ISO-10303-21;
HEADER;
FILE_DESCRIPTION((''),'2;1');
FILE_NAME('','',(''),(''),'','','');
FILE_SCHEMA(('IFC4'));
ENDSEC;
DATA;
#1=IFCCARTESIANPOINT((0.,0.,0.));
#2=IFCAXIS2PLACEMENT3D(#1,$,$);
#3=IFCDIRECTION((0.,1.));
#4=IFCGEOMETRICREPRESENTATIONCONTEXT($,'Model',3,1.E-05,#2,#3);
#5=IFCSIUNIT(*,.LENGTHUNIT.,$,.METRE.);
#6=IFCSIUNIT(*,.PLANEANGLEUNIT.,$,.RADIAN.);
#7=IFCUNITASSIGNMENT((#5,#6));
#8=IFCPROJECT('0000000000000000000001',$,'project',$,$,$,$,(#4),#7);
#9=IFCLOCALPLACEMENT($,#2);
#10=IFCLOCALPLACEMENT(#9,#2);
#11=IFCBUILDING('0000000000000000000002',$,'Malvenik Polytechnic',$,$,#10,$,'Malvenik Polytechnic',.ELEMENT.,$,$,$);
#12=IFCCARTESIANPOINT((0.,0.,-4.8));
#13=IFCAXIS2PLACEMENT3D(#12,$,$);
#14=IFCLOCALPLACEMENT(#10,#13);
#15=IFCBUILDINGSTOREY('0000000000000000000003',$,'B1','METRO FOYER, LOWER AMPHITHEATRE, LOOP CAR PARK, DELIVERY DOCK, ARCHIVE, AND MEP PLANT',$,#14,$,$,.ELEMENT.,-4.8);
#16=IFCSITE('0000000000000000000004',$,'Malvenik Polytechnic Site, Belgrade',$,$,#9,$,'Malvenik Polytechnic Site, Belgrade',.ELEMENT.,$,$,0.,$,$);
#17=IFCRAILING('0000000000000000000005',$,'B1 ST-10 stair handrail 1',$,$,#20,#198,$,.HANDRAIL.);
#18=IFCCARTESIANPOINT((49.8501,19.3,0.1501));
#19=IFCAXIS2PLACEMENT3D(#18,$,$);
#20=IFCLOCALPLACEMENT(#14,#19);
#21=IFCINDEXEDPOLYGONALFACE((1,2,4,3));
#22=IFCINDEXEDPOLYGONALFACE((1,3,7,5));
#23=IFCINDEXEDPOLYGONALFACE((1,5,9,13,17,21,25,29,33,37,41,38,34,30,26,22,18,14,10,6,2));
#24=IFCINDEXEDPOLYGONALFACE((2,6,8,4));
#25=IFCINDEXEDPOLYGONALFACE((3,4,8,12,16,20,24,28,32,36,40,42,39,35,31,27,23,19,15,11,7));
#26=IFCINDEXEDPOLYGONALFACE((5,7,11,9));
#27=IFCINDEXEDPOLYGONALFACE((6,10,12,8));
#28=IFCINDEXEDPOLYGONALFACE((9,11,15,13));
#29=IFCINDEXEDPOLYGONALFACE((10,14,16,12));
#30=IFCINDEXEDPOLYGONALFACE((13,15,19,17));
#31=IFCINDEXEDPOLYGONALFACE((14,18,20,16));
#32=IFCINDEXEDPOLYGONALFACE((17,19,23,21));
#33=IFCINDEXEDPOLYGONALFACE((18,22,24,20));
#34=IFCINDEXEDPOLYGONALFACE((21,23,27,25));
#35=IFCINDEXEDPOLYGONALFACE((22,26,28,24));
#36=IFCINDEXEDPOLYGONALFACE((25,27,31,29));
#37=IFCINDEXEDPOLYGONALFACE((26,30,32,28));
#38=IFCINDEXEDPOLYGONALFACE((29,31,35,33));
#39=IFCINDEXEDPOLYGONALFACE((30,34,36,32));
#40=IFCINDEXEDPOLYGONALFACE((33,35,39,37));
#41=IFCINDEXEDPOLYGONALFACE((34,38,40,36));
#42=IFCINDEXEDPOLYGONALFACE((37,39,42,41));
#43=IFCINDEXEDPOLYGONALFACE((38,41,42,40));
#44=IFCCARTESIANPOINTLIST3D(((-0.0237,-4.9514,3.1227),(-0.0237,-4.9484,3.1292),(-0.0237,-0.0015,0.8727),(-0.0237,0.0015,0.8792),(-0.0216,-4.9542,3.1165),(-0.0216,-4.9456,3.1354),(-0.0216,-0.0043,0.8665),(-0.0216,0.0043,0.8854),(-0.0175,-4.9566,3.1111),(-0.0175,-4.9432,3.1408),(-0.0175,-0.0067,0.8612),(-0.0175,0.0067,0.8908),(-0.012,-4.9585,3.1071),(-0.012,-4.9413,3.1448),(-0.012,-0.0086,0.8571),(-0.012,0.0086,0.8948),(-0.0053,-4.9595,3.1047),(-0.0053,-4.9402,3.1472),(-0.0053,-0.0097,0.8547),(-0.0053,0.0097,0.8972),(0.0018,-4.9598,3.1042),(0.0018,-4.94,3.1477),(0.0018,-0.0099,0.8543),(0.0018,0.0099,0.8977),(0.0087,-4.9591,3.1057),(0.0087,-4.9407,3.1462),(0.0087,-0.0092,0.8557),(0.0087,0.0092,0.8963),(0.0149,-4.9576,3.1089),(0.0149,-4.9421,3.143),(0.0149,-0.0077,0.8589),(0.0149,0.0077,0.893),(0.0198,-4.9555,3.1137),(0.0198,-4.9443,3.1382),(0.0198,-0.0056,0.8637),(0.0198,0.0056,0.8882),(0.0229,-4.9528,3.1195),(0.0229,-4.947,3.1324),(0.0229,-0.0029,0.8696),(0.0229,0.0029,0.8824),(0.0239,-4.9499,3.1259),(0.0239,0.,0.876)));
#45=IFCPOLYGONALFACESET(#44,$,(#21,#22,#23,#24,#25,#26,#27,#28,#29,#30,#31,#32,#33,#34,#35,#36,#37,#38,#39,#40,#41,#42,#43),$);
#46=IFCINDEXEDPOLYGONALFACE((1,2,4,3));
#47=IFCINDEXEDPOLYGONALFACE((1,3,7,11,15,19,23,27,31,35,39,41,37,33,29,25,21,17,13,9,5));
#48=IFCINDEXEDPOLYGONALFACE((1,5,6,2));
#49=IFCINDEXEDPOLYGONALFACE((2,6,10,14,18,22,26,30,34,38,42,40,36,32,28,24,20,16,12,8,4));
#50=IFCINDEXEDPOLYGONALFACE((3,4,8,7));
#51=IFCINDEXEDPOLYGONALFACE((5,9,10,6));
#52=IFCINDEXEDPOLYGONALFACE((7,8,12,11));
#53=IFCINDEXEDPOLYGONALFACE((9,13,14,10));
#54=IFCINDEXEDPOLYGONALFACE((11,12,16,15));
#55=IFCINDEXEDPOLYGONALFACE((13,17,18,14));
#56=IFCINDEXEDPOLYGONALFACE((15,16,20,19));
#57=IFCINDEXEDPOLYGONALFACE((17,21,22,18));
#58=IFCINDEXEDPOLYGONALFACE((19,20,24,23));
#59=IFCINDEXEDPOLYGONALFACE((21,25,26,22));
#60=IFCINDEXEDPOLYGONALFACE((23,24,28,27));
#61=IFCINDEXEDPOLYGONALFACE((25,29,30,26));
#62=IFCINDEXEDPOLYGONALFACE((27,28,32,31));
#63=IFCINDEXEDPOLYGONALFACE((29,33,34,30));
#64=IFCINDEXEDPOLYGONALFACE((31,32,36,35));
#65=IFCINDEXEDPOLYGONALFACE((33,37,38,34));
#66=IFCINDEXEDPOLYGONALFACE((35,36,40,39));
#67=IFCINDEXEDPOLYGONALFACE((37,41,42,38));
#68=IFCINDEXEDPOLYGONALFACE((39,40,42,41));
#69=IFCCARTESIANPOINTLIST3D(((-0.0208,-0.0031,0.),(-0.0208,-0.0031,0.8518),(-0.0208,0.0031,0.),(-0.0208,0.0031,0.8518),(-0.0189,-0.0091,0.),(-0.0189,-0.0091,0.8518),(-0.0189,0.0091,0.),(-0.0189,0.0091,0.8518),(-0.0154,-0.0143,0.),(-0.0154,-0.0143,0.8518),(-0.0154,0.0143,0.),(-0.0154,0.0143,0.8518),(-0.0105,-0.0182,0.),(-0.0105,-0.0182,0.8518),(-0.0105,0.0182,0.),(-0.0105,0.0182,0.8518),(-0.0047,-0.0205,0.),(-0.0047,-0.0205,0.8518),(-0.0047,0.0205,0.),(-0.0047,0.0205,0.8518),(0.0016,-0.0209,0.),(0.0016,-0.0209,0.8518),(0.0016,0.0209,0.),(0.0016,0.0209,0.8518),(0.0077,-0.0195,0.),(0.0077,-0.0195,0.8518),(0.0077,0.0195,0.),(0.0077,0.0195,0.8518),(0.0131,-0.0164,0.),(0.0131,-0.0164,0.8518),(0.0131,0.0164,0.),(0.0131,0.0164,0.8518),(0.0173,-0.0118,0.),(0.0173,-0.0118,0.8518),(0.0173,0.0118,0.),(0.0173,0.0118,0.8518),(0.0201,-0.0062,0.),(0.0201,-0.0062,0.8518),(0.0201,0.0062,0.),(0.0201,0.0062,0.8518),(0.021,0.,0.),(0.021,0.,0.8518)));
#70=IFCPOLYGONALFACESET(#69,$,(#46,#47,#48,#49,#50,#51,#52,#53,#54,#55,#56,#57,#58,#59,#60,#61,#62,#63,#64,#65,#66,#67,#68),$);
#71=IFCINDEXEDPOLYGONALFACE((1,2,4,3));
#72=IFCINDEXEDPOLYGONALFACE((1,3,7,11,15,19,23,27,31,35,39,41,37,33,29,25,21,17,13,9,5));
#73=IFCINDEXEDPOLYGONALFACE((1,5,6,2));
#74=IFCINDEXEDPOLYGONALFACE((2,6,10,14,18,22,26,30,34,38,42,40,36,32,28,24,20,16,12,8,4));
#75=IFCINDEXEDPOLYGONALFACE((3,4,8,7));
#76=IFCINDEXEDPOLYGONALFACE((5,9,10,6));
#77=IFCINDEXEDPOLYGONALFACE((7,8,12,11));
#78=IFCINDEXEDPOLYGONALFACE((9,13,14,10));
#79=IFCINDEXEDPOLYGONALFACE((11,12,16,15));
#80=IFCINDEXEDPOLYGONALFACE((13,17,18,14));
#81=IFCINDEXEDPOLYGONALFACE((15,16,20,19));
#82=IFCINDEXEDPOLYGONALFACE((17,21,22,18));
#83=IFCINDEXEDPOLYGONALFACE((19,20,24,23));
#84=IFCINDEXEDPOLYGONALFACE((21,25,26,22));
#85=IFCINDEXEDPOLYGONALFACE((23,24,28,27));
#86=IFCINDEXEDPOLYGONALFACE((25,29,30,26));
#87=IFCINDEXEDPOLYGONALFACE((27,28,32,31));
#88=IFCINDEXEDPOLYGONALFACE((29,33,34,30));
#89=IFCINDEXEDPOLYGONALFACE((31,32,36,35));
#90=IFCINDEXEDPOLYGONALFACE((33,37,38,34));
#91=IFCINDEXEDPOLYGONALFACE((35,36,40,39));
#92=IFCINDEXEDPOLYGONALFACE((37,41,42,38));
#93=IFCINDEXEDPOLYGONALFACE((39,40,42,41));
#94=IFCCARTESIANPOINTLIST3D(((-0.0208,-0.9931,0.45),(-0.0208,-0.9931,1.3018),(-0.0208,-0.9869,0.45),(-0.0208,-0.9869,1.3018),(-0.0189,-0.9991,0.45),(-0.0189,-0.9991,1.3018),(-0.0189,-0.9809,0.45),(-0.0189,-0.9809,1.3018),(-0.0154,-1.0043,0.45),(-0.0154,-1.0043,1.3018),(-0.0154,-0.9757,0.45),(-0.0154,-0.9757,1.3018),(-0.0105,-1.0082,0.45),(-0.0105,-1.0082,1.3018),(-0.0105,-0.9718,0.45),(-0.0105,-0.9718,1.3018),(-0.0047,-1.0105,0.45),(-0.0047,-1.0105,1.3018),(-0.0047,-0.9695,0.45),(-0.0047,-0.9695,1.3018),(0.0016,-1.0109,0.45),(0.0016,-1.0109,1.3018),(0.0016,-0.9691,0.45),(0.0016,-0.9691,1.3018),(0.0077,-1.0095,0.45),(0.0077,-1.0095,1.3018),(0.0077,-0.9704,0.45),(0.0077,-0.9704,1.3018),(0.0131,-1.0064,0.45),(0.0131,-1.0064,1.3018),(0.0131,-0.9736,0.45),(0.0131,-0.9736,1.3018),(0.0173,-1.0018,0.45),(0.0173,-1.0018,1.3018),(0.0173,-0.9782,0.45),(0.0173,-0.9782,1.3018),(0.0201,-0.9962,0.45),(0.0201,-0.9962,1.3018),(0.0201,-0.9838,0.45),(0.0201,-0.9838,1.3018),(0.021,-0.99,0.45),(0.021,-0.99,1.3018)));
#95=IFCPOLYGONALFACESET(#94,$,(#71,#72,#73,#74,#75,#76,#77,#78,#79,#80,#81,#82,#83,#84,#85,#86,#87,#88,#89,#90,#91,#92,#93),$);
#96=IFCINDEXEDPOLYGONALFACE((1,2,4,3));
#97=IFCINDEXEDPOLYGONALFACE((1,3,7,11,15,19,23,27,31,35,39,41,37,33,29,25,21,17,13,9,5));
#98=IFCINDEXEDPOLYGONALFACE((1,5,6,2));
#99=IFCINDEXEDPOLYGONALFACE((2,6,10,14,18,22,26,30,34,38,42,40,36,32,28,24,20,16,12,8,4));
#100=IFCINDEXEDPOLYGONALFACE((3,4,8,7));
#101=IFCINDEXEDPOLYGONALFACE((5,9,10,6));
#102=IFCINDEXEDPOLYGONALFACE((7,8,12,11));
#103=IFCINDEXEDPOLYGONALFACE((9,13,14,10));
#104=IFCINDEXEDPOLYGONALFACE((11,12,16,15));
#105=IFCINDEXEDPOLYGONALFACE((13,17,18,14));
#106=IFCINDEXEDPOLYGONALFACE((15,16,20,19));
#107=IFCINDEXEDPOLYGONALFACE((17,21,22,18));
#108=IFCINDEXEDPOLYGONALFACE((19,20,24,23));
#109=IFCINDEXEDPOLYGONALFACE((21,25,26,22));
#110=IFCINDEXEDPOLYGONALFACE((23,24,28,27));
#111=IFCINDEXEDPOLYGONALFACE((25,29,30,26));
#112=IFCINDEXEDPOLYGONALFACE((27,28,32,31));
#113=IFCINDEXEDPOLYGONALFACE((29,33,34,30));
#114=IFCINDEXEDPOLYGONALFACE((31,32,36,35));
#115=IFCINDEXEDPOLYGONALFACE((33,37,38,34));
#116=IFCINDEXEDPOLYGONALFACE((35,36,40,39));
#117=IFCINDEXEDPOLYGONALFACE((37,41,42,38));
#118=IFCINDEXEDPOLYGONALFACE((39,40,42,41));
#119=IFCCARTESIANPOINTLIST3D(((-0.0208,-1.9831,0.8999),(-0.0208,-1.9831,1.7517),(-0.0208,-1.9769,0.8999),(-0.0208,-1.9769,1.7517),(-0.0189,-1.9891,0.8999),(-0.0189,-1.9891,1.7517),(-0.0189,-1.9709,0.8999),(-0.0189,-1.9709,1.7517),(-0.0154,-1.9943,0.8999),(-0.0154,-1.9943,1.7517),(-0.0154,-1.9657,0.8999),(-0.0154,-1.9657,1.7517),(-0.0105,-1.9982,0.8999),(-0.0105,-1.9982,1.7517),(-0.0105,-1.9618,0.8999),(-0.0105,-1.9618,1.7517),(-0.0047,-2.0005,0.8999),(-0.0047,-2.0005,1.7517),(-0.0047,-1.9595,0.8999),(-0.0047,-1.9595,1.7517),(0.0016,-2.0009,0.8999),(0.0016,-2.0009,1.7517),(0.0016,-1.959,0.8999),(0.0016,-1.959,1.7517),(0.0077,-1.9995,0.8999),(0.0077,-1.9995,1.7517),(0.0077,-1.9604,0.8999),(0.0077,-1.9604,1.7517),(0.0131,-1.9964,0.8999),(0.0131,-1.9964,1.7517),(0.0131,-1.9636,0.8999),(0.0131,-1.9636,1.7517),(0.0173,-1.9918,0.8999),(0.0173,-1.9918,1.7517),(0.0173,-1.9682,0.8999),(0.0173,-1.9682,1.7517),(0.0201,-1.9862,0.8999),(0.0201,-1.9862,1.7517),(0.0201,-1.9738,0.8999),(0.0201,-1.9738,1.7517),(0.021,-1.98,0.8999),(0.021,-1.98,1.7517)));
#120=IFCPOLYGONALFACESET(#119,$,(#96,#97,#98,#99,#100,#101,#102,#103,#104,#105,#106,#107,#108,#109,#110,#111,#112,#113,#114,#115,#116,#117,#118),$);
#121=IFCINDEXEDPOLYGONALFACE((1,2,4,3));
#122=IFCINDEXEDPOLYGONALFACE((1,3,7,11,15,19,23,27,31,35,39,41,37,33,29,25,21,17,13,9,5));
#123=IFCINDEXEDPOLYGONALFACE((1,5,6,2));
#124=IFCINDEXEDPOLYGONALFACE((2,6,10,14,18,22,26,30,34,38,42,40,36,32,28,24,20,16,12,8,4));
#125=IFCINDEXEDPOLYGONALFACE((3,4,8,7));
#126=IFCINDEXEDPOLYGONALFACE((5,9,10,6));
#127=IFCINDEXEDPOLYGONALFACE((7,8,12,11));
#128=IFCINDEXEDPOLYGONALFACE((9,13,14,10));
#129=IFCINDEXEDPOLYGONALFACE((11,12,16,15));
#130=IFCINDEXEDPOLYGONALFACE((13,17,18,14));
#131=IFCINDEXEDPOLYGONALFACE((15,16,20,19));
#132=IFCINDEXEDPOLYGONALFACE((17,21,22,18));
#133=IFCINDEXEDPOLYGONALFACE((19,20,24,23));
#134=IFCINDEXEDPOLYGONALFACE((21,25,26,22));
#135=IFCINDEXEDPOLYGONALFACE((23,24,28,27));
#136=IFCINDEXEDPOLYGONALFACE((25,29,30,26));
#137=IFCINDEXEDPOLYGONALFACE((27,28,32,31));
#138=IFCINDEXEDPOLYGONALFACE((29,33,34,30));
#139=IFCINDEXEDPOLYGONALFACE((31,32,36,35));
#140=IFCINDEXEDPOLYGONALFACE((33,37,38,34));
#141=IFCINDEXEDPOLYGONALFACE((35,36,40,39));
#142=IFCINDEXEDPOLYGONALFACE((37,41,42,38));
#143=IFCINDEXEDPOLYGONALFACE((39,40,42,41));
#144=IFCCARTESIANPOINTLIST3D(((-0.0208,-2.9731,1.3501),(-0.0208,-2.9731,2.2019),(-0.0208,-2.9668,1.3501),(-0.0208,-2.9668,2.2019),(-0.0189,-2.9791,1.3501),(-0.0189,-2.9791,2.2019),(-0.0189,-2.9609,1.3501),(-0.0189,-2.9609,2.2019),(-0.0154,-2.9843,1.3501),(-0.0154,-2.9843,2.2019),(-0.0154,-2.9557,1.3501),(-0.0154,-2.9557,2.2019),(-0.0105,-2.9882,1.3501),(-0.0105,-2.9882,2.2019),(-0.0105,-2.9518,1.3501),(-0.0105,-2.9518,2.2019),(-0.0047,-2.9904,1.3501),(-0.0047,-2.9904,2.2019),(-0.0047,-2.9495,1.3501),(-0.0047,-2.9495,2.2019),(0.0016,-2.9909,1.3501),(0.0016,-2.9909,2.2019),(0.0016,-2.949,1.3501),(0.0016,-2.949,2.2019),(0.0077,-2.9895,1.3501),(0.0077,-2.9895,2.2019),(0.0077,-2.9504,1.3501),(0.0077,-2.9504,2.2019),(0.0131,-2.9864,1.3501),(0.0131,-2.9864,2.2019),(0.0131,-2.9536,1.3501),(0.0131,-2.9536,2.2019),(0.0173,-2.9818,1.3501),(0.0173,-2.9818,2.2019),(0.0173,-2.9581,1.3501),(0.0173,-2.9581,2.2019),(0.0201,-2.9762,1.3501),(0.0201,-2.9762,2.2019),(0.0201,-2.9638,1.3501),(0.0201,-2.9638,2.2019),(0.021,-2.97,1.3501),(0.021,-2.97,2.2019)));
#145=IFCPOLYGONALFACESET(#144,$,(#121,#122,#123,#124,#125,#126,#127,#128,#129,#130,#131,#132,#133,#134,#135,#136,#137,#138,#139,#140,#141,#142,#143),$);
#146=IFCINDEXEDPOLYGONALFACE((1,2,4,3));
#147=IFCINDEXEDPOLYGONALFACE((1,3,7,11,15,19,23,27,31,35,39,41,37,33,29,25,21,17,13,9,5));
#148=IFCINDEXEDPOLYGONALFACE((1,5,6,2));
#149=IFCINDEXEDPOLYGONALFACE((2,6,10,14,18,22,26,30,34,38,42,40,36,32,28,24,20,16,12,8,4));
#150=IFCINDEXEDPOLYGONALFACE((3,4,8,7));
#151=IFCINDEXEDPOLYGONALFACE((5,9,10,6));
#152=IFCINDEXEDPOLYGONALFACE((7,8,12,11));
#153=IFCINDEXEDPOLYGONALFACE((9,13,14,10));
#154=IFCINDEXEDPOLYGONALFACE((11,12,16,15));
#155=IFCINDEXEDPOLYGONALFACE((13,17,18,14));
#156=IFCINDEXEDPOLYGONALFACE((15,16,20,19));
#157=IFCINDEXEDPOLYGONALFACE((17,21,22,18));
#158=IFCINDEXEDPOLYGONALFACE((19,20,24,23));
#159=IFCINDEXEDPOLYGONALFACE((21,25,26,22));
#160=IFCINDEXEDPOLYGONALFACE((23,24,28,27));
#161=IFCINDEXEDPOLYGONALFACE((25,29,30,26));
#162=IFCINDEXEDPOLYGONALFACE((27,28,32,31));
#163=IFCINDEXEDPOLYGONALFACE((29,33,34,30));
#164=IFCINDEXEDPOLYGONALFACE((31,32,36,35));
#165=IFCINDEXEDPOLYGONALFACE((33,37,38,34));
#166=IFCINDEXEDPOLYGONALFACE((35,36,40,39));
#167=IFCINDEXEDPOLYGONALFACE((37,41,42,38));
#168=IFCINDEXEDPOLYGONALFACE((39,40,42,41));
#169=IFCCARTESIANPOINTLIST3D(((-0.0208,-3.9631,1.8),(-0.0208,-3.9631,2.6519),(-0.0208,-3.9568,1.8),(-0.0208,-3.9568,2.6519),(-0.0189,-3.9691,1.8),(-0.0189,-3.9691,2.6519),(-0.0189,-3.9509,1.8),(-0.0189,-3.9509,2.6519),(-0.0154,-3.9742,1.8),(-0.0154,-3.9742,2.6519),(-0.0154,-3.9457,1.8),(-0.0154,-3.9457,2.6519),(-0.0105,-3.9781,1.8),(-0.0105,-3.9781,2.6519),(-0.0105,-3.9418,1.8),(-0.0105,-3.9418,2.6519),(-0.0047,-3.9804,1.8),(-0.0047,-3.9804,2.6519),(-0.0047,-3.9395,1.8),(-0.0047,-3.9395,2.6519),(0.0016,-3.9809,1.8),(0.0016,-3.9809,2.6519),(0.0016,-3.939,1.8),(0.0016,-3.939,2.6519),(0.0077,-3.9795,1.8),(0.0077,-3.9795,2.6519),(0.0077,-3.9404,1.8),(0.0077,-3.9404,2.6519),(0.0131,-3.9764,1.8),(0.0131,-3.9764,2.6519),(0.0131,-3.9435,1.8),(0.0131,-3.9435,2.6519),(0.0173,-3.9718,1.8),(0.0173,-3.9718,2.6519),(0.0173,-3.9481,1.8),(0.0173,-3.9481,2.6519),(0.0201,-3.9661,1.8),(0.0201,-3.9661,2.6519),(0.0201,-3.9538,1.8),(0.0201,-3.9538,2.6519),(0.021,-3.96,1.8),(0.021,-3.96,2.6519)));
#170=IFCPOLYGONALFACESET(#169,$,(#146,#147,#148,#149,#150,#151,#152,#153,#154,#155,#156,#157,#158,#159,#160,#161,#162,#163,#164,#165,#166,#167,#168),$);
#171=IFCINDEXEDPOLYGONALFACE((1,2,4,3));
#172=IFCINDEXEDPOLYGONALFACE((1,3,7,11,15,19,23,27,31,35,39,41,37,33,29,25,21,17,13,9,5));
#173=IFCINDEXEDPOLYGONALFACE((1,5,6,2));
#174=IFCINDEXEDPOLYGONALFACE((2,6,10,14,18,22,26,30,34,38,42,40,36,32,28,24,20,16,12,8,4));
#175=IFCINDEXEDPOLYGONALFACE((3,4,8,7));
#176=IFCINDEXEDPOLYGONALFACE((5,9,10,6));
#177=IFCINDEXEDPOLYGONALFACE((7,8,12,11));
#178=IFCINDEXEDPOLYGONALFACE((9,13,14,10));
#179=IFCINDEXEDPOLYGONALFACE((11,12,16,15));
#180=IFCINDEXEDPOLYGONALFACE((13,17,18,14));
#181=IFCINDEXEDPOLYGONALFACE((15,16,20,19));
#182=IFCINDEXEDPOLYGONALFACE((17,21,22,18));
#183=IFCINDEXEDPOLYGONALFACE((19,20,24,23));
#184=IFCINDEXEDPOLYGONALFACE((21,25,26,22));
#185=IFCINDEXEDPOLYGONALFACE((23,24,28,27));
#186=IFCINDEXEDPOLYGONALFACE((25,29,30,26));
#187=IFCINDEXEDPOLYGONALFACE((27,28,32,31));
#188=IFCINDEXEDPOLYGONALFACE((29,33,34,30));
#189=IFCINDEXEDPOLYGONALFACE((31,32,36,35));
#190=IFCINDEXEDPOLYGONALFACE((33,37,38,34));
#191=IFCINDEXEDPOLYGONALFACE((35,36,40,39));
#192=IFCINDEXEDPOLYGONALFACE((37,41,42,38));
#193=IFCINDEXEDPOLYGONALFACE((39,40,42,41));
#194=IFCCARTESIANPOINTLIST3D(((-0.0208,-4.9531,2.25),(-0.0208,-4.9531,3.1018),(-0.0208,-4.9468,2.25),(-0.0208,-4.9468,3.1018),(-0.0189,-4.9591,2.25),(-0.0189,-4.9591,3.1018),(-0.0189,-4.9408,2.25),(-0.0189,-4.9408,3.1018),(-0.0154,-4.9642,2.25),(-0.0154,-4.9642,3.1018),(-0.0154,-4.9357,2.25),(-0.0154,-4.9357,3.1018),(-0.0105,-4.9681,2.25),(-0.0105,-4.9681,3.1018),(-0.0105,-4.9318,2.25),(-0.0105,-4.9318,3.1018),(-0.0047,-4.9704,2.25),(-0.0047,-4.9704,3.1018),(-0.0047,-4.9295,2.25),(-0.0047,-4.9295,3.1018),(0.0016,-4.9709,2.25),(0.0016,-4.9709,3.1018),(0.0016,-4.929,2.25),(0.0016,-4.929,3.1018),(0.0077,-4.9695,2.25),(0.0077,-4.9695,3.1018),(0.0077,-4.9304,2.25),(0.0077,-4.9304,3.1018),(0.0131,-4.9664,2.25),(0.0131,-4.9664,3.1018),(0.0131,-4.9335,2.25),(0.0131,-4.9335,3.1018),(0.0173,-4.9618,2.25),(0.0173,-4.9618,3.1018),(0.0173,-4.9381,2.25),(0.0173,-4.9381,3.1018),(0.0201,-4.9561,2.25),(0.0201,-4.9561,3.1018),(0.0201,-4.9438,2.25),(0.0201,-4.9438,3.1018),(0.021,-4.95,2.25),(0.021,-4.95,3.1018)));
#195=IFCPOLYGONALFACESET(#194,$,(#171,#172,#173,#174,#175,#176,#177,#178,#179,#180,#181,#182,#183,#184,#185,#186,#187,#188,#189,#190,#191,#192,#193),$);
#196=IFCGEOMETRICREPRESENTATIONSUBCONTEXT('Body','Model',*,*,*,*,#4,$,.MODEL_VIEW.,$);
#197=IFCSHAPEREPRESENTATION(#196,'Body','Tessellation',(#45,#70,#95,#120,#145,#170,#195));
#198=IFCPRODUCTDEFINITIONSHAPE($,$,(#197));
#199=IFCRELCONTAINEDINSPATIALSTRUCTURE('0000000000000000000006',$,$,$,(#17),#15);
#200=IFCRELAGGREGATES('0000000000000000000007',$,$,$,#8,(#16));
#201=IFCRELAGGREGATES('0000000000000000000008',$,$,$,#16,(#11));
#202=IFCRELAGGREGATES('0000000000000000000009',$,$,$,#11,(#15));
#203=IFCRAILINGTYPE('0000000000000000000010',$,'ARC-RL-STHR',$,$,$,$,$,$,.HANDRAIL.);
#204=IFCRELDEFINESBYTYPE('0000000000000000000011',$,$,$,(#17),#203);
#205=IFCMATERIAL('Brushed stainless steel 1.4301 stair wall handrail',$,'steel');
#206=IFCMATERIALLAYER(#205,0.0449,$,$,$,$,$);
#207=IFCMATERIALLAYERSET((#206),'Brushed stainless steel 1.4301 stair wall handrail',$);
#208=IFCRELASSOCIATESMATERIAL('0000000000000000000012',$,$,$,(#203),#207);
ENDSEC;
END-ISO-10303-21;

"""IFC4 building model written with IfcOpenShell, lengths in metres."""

from ifc_helpers import new_model, si_unit, direction, frame, origin, origin_2d, place, context, subcontext, project, spatial, circle, extrude, material, layer, layer_set, type_object, element, save


model = new_model("IFC4")

# Units and contexts
model_context = context("Model", 3, precision=1e-05, world=origin(), true_north=direction((0.0, 1.0)))
body_context = subcontext(model_context, "Body", "Model", "MODEL_VIEW")
ifc_project = project(units=[si_unit("LENGTHUNIT", "METRE"), si_unit("PLANEANGLEUNIT", "RADIAN")], contexts=[model_context])

# Site, building, storey
site_placement = place(None, origin())
site = spatial("IfcSite", under=ifc_project, at=site_placement, Name="Malvenik Polytechnic Site, Belgrade", LongName="Malvenik Polytechnic Site, Belgrade", CompositionType="ELEMENT", RefElevation=0.0)
building_placement = place(site_placement, origin())
building = spatial("IfcBuilding", under=site, at=building_placement, Name="Malvenik Polytechnic", LongName="Malvenik Polytechnic", CompositionType="ELEMENT")
storey_placement = place(building_placement, frame((0.0, 0.0, -4.8)))
storey = spatial("IfcBuildingStorey", under=building, at=storey_placement, Name="B1", Description="METRO FOYER, LOWER AMPHITHEATRE, LOOP CAR PARK, DELIVERY DOCK, ARCHIVE, AND MEP PLANT", CompositionType="ELEMENT", Elevation=-4.8)

# Railing
ifc_material_1 = material(Name="Brushed stainless steel 1.4301 stair wall handrail", Category="steel")
ifc_layer_1 = layer(ifc_material_1, 0.0449)
ifc_layer_set_1 = layer_set([ifc_layer_1], Name="Brushed stainless steel 1.4301 stair wall handrail")
railing_type_1 = type_object("IfcRailingType", Name="ARC-RL-STHR", PredefinedType="HANDRAIL", material=ifc_layer_set_1)
railing_1_placement = place(storey_placement, frame((49.8501, 19.3, 0.1501)))
element("IfcRailing", 1, at=railing_1_placement, inside=storey, type_object=railing_type_1, Name="B1 ST-10 stair handrail 1", PredefinedType="HANDRAIL", context=body_context, shape_type="SweptSolid", body=[
    extrude(circle(Radius=0.0239, at=origin_2d()), frame((0.0, 0.0, 0.876), z_axis=(0.0, -0.910365, 0.413806), x_axis=(1.0, 0.0, 0.0)), (0.0, 0.0, 1.0), 5.4373),
    extrude(circle(Radius=0.021, at=origin_2d()), origin(), (0.0, 0.0, 1.0), 0.8518),
    extrude(circle(Radius=0.021, at=origin_2d()), frame((0.0, -0.99, 0.45)), (0.0, 0.0, 1.0), 0.8518),
    extrude(circle(Radius=0.021, at=origin_2d()), frame((0.0, -1.98, 0.8999)), (0.0, 0.0, 1.0), 0.8518),
    extrude(circle(Radius=0.021, at=origin_2d()), frame((0.0, -2.97, 1.3501)), (0.0, 0.0, 1.0), 0.8518),
    extrude(circle(Radius=0.021, at=origin_2d()), frame((0.0, -3.96, 1.8)), (0.0, 0.0, 1.0), 0.8518),
    extrude(circle(Radius=0.021, at=origin_2d()), frame((0.0, -4.95, 2.25)), (0.0, 0.0, 1.0), 0.8518),
])

save(model, "model.ifc")
